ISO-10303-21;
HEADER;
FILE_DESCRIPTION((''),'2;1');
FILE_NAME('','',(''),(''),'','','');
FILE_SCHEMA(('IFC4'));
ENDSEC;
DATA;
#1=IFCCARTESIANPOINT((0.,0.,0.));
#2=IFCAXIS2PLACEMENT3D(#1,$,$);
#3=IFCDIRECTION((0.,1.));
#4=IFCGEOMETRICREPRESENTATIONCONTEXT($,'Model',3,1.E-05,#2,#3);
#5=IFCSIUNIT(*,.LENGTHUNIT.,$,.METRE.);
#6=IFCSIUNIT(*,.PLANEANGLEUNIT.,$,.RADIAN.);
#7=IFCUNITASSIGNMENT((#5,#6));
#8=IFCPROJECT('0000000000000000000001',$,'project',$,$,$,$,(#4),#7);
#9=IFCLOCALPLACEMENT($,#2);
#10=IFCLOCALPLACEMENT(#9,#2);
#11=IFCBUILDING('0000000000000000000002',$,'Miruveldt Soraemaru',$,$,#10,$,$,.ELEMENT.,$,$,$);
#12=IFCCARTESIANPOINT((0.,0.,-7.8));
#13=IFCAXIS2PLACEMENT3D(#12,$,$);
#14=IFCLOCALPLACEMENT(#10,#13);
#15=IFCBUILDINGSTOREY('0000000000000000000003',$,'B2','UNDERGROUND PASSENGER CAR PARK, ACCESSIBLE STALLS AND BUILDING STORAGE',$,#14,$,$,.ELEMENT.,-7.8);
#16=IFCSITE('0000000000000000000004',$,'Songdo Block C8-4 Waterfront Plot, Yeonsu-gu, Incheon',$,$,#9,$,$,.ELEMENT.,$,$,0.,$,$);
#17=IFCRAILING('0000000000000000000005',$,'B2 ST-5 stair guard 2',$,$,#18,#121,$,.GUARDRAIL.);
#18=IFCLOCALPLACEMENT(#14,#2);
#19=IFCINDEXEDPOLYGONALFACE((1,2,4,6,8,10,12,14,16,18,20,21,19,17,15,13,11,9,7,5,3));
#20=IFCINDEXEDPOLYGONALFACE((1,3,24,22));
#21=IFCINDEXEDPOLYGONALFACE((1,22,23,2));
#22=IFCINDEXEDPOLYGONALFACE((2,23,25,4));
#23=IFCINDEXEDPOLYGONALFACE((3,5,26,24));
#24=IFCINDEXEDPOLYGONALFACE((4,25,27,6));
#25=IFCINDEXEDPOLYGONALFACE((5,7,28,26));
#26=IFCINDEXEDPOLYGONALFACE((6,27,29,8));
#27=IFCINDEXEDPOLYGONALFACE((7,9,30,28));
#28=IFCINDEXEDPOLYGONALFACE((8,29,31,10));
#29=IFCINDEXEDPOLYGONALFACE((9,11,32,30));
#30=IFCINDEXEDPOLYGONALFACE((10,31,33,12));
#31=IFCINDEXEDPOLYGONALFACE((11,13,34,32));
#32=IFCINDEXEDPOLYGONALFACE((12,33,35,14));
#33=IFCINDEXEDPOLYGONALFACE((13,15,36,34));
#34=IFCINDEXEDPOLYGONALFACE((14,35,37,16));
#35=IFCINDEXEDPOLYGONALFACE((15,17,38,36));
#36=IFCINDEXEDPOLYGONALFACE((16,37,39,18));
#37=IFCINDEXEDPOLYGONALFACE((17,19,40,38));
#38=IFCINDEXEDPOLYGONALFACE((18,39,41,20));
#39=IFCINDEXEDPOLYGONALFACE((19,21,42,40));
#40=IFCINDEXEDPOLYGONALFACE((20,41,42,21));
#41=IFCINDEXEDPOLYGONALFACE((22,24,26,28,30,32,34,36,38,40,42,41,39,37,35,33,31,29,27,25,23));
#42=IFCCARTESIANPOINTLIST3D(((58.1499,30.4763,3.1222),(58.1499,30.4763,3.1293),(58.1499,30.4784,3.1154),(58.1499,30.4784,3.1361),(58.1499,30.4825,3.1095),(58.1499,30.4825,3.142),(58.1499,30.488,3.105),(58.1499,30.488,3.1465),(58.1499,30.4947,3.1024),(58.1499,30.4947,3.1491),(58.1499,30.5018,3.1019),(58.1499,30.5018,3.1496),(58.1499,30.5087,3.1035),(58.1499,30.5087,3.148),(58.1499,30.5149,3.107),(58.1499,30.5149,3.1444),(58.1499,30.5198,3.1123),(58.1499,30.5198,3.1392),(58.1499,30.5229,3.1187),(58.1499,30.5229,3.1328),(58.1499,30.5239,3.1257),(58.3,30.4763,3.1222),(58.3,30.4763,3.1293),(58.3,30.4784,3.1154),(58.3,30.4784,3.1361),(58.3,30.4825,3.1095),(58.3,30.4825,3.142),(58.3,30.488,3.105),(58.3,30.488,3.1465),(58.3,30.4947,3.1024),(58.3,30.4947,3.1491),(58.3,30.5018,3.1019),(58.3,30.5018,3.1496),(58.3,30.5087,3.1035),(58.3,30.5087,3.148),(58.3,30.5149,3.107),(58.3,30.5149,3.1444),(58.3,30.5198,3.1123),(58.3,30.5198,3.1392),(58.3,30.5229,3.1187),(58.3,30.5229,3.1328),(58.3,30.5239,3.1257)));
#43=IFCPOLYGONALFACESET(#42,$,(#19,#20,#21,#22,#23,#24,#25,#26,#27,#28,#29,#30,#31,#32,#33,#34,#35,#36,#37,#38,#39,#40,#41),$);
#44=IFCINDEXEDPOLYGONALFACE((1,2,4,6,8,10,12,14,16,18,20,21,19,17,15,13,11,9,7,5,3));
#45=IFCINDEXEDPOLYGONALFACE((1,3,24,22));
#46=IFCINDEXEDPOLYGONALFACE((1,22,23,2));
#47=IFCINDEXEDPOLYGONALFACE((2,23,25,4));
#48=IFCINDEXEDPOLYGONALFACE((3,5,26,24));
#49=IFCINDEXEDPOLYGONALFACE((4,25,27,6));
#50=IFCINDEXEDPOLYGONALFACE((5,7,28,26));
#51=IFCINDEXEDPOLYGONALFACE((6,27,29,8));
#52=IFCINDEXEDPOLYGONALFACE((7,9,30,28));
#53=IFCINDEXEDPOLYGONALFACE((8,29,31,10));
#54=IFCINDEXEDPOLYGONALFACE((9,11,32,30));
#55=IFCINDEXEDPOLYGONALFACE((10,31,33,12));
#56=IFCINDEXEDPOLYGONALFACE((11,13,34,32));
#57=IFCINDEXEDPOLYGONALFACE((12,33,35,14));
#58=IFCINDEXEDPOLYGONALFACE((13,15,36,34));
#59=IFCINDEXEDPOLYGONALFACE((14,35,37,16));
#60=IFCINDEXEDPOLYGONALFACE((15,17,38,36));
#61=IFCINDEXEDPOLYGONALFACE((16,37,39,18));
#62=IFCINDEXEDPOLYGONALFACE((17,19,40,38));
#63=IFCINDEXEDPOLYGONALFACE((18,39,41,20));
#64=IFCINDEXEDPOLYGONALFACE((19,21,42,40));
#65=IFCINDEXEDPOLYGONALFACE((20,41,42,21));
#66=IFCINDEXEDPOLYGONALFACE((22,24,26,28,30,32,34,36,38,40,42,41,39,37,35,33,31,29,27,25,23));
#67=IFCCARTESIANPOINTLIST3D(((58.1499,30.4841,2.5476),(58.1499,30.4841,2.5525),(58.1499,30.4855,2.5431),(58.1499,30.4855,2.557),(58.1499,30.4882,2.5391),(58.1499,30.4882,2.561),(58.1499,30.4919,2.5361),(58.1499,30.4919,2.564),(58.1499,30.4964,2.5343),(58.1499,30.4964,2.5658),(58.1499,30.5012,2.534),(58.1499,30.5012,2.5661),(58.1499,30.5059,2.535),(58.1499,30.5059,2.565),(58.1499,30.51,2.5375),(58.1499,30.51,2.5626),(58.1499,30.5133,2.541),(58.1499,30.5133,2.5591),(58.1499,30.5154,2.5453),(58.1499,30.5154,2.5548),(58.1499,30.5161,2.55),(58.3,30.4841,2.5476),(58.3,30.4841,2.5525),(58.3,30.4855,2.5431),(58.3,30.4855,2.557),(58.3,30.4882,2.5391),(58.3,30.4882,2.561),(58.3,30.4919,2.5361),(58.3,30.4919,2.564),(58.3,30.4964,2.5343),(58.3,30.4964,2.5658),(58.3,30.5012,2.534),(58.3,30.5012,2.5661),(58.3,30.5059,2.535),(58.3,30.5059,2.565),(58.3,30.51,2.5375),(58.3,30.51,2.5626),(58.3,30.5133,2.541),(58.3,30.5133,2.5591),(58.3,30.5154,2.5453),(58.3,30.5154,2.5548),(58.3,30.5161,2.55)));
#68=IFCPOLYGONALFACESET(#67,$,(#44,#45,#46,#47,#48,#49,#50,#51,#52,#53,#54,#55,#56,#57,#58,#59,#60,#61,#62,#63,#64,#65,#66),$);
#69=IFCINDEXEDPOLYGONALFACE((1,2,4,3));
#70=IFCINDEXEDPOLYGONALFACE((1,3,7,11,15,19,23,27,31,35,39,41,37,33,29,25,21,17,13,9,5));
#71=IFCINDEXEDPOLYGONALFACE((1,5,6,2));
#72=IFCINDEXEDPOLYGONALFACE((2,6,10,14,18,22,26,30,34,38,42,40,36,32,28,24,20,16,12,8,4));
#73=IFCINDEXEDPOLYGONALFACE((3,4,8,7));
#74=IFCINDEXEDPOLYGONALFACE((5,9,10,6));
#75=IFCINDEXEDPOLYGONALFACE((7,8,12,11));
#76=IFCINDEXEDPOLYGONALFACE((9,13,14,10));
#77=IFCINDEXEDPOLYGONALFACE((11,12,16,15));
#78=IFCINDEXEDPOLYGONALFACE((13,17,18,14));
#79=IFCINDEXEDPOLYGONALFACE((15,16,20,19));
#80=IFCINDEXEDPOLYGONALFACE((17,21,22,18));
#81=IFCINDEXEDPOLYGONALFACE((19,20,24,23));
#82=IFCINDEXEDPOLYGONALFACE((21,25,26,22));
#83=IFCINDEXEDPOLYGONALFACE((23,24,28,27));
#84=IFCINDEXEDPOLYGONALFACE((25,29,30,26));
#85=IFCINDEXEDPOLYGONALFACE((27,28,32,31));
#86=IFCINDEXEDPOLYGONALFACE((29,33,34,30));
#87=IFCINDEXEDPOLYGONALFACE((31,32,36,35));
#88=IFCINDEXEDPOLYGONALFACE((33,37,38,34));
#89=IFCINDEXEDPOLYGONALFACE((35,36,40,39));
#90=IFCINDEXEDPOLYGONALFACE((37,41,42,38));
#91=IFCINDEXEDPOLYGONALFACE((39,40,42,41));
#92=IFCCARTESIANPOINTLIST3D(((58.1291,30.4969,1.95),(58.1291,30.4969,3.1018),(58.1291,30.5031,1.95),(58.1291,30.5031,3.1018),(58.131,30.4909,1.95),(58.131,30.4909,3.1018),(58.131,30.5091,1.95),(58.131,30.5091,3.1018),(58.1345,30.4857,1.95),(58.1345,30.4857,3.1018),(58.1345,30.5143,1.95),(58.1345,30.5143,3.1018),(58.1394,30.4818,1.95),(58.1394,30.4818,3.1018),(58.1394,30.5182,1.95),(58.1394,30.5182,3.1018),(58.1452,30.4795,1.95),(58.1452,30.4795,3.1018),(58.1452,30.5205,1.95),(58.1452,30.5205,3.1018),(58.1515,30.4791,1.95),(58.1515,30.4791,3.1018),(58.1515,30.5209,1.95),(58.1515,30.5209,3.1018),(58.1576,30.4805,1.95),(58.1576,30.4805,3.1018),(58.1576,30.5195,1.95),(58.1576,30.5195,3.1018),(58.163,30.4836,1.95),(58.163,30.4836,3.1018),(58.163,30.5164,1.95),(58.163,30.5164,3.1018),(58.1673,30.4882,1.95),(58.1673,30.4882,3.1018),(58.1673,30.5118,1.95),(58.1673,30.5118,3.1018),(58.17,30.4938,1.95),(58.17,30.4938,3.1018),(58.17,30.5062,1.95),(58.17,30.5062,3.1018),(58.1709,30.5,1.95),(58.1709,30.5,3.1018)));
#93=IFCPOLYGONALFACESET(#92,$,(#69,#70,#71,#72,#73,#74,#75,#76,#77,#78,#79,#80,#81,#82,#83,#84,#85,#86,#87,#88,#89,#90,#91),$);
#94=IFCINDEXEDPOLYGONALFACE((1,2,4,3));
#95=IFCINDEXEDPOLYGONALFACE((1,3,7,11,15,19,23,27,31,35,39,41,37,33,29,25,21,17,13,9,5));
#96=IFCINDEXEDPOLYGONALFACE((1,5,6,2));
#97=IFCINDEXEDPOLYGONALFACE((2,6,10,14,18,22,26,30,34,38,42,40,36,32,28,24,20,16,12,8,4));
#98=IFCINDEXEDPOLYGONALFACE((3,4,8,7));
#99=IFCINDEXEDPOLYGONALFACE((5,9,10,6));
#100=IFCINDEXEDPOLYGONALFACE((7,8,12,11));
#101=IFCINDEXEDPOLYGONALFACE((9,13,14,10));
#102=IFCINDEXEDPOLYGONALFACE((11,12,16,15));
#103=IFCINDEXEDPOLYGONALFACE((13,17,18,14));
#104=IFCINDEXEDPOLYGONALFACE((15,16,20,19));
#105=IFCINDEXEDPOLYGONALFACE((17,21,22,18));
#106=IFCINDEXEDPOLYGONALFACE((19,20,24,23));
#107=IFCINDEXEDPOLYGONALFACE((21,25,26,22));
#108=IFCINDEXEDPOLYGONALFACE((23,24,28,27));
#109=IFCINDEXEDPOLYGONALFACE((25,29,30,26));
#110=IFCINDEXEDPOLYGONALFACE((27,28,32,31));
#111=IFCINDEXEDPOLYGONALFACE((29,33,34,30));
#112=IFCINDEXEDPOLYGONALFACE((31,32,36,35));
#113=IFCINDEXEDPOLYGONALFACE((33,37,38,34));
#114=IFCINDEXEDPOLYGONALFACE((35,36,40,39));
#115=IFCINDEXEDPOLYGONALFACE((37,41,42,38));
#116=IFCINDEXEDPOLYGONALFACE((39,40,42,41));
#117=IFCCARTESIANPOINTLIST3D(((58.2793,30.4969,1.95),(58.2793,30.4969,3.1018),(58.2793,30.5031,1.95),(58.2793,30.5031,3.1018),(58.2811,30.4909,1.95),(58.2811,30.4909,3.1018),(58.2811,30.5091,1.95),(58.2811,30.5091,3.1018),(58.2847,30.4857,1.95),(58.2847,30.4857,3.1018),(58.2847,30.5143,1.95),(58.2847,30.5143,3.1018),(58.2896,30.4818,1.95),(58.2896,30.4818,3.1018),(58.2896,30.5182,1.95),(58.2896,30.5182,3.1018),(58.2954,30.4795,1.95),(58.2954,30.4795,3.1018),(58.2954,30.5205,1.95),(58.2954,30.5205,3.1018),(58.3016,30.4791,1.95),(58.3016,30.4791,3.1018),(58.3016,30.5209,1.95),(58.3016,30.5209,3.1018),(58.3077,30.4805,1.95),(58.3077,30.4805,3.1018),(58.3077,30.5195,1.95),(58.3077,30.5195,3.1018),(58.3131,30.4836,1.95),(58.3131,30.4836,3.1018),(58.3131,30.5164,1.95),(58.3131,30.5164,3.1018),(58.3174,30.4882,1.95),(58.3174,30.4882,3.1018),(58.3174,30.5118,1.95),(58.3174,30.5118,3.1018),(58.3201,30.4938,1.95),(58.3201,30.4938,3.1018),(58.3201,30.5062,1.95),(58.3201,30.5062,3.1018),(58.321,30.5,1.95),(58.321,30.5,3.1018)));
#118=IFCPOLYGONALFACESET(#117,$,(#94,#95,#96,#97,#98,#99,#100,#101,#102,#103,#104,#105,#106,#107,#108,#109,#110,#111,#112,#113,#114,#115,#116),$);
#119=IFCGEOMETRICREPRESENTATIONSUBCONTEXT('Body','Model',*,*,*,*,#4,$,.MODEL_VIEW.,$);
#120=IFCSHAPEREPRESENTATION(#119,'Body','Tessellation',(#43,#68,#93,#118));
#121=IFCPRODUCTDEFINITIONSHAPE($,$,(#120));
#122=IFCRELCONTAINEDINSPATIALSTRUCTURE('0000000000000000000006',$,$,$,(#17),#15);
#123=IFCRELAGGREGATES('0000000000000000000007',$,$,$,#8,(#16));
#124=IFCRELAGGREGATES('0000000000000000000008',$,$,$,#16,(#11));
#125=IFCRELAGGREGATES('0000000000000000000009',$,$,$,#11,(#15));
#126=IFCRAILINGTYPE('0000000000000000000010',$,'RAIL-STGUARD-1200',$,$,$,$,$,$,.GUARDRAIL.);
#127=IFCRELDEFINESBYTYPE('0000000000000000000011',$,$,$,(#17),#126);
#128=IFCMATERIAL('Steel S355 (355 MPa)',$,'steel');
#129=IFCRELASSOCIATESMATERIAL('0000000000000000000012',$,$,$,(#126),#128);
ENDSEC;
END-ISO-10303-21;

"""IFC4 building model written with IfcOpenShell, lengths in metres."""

from ifc_helpers import new_model, si_unit, direction, frame, origin, origin_2d, place, context, subcontext, project, spatial, circle, extrude, material, type_object, element, save


model = new_model("IFC4")

# Units and contexts
model_context = context("Model", 3, precision=1e-05, world=origin(), true_north=direction((0.0, 1.0)))
body_context = subcontext(model_context, "Body", "Model", "MODEL_VIEW")
ifc_project = project(units=[si_unit("LENGTHUNIT", "METRE"), si_unit("PLANEANGLEUNIT", "RADIAN")], contexts=[model_context])

# Site, building, storey
site_placement = place(None, origin())
site = spatial("IfcSite", under=ifc_project, at=site_placement, Name="Songdo Block C8-4 Waterfront Plot, Yeonsu-gu, Incheon", CompositionType="ELEMENT", RefElevation=0.0)
building_placement = place(site_placement, origin())
building = spatial("IfcBuilding", under=site, at=building_placement, Name="Miruveldt Soraemaru", CompositionType="ELEMENT")
storey_placement = place(building_placement, frame((0.0, 0.0, -7.8)))
storey = spatial("IfcBuildingStorey", under=building, at=storey_placement, Name="B2", Description="UNDERGROUND PASSENGER CAR PARK, ACCESSIBLE STALLS AND BUILDING STORAGE", CompositionType="ELEMENT", Elevation=-7.8)

# Shared definitions
ifc_material_1 = material(Name="Steel S355 (355 MPa)", Category="steel")

# Railing
railing_type_1 = type_object("IfcRailingType", Name="RAIL-STGUARD-1200", PredefinedType="GUARDRAIL", material=ifc_material_1)
railing_1_placement = place(storey_placement, frame((58.1499, 30.5, 1.95)))
element("IfcRailing", 1, at=railing_1_placement, inside=storey, type_object=railing_type_1, Name="B2 ST-5 stair guard 2", PredefinedType="GUARDRAIL", context=body_context, shape_type="SweptSolid", body=[
    extrude(circle(Radius=0.0239, at=origin_2d()), frame((0.0, 0.0, 1.1758), z_axis=(1.0, 0.0, 0.0), x_axis=(0.0, 1.0, 0.0)), (0.0, 0.0, 1.0), 0.1501),
    extrude(circle(Radius=0.0161, at=origin_2d()), frame((0.0, 0.0, 0.6001), z_axis=(1.0, 0.0, 0.0), x_axis=(0.0, 1.0, 0.0)), (0.0, 0.0, 1.0), 0.1501),
    extrude(circle(Radius=0.021, at=origin_2d()), origin(), (0.0, 0.0, 1.0), 1.1519),
    extrude(circle(Radius=0.021, at=origin_2d()), frame((0.1501, 0.0, 0.0)), (0.0, 0.0, 1.0), 1.1519),
])

save(model, "model.ifc")
